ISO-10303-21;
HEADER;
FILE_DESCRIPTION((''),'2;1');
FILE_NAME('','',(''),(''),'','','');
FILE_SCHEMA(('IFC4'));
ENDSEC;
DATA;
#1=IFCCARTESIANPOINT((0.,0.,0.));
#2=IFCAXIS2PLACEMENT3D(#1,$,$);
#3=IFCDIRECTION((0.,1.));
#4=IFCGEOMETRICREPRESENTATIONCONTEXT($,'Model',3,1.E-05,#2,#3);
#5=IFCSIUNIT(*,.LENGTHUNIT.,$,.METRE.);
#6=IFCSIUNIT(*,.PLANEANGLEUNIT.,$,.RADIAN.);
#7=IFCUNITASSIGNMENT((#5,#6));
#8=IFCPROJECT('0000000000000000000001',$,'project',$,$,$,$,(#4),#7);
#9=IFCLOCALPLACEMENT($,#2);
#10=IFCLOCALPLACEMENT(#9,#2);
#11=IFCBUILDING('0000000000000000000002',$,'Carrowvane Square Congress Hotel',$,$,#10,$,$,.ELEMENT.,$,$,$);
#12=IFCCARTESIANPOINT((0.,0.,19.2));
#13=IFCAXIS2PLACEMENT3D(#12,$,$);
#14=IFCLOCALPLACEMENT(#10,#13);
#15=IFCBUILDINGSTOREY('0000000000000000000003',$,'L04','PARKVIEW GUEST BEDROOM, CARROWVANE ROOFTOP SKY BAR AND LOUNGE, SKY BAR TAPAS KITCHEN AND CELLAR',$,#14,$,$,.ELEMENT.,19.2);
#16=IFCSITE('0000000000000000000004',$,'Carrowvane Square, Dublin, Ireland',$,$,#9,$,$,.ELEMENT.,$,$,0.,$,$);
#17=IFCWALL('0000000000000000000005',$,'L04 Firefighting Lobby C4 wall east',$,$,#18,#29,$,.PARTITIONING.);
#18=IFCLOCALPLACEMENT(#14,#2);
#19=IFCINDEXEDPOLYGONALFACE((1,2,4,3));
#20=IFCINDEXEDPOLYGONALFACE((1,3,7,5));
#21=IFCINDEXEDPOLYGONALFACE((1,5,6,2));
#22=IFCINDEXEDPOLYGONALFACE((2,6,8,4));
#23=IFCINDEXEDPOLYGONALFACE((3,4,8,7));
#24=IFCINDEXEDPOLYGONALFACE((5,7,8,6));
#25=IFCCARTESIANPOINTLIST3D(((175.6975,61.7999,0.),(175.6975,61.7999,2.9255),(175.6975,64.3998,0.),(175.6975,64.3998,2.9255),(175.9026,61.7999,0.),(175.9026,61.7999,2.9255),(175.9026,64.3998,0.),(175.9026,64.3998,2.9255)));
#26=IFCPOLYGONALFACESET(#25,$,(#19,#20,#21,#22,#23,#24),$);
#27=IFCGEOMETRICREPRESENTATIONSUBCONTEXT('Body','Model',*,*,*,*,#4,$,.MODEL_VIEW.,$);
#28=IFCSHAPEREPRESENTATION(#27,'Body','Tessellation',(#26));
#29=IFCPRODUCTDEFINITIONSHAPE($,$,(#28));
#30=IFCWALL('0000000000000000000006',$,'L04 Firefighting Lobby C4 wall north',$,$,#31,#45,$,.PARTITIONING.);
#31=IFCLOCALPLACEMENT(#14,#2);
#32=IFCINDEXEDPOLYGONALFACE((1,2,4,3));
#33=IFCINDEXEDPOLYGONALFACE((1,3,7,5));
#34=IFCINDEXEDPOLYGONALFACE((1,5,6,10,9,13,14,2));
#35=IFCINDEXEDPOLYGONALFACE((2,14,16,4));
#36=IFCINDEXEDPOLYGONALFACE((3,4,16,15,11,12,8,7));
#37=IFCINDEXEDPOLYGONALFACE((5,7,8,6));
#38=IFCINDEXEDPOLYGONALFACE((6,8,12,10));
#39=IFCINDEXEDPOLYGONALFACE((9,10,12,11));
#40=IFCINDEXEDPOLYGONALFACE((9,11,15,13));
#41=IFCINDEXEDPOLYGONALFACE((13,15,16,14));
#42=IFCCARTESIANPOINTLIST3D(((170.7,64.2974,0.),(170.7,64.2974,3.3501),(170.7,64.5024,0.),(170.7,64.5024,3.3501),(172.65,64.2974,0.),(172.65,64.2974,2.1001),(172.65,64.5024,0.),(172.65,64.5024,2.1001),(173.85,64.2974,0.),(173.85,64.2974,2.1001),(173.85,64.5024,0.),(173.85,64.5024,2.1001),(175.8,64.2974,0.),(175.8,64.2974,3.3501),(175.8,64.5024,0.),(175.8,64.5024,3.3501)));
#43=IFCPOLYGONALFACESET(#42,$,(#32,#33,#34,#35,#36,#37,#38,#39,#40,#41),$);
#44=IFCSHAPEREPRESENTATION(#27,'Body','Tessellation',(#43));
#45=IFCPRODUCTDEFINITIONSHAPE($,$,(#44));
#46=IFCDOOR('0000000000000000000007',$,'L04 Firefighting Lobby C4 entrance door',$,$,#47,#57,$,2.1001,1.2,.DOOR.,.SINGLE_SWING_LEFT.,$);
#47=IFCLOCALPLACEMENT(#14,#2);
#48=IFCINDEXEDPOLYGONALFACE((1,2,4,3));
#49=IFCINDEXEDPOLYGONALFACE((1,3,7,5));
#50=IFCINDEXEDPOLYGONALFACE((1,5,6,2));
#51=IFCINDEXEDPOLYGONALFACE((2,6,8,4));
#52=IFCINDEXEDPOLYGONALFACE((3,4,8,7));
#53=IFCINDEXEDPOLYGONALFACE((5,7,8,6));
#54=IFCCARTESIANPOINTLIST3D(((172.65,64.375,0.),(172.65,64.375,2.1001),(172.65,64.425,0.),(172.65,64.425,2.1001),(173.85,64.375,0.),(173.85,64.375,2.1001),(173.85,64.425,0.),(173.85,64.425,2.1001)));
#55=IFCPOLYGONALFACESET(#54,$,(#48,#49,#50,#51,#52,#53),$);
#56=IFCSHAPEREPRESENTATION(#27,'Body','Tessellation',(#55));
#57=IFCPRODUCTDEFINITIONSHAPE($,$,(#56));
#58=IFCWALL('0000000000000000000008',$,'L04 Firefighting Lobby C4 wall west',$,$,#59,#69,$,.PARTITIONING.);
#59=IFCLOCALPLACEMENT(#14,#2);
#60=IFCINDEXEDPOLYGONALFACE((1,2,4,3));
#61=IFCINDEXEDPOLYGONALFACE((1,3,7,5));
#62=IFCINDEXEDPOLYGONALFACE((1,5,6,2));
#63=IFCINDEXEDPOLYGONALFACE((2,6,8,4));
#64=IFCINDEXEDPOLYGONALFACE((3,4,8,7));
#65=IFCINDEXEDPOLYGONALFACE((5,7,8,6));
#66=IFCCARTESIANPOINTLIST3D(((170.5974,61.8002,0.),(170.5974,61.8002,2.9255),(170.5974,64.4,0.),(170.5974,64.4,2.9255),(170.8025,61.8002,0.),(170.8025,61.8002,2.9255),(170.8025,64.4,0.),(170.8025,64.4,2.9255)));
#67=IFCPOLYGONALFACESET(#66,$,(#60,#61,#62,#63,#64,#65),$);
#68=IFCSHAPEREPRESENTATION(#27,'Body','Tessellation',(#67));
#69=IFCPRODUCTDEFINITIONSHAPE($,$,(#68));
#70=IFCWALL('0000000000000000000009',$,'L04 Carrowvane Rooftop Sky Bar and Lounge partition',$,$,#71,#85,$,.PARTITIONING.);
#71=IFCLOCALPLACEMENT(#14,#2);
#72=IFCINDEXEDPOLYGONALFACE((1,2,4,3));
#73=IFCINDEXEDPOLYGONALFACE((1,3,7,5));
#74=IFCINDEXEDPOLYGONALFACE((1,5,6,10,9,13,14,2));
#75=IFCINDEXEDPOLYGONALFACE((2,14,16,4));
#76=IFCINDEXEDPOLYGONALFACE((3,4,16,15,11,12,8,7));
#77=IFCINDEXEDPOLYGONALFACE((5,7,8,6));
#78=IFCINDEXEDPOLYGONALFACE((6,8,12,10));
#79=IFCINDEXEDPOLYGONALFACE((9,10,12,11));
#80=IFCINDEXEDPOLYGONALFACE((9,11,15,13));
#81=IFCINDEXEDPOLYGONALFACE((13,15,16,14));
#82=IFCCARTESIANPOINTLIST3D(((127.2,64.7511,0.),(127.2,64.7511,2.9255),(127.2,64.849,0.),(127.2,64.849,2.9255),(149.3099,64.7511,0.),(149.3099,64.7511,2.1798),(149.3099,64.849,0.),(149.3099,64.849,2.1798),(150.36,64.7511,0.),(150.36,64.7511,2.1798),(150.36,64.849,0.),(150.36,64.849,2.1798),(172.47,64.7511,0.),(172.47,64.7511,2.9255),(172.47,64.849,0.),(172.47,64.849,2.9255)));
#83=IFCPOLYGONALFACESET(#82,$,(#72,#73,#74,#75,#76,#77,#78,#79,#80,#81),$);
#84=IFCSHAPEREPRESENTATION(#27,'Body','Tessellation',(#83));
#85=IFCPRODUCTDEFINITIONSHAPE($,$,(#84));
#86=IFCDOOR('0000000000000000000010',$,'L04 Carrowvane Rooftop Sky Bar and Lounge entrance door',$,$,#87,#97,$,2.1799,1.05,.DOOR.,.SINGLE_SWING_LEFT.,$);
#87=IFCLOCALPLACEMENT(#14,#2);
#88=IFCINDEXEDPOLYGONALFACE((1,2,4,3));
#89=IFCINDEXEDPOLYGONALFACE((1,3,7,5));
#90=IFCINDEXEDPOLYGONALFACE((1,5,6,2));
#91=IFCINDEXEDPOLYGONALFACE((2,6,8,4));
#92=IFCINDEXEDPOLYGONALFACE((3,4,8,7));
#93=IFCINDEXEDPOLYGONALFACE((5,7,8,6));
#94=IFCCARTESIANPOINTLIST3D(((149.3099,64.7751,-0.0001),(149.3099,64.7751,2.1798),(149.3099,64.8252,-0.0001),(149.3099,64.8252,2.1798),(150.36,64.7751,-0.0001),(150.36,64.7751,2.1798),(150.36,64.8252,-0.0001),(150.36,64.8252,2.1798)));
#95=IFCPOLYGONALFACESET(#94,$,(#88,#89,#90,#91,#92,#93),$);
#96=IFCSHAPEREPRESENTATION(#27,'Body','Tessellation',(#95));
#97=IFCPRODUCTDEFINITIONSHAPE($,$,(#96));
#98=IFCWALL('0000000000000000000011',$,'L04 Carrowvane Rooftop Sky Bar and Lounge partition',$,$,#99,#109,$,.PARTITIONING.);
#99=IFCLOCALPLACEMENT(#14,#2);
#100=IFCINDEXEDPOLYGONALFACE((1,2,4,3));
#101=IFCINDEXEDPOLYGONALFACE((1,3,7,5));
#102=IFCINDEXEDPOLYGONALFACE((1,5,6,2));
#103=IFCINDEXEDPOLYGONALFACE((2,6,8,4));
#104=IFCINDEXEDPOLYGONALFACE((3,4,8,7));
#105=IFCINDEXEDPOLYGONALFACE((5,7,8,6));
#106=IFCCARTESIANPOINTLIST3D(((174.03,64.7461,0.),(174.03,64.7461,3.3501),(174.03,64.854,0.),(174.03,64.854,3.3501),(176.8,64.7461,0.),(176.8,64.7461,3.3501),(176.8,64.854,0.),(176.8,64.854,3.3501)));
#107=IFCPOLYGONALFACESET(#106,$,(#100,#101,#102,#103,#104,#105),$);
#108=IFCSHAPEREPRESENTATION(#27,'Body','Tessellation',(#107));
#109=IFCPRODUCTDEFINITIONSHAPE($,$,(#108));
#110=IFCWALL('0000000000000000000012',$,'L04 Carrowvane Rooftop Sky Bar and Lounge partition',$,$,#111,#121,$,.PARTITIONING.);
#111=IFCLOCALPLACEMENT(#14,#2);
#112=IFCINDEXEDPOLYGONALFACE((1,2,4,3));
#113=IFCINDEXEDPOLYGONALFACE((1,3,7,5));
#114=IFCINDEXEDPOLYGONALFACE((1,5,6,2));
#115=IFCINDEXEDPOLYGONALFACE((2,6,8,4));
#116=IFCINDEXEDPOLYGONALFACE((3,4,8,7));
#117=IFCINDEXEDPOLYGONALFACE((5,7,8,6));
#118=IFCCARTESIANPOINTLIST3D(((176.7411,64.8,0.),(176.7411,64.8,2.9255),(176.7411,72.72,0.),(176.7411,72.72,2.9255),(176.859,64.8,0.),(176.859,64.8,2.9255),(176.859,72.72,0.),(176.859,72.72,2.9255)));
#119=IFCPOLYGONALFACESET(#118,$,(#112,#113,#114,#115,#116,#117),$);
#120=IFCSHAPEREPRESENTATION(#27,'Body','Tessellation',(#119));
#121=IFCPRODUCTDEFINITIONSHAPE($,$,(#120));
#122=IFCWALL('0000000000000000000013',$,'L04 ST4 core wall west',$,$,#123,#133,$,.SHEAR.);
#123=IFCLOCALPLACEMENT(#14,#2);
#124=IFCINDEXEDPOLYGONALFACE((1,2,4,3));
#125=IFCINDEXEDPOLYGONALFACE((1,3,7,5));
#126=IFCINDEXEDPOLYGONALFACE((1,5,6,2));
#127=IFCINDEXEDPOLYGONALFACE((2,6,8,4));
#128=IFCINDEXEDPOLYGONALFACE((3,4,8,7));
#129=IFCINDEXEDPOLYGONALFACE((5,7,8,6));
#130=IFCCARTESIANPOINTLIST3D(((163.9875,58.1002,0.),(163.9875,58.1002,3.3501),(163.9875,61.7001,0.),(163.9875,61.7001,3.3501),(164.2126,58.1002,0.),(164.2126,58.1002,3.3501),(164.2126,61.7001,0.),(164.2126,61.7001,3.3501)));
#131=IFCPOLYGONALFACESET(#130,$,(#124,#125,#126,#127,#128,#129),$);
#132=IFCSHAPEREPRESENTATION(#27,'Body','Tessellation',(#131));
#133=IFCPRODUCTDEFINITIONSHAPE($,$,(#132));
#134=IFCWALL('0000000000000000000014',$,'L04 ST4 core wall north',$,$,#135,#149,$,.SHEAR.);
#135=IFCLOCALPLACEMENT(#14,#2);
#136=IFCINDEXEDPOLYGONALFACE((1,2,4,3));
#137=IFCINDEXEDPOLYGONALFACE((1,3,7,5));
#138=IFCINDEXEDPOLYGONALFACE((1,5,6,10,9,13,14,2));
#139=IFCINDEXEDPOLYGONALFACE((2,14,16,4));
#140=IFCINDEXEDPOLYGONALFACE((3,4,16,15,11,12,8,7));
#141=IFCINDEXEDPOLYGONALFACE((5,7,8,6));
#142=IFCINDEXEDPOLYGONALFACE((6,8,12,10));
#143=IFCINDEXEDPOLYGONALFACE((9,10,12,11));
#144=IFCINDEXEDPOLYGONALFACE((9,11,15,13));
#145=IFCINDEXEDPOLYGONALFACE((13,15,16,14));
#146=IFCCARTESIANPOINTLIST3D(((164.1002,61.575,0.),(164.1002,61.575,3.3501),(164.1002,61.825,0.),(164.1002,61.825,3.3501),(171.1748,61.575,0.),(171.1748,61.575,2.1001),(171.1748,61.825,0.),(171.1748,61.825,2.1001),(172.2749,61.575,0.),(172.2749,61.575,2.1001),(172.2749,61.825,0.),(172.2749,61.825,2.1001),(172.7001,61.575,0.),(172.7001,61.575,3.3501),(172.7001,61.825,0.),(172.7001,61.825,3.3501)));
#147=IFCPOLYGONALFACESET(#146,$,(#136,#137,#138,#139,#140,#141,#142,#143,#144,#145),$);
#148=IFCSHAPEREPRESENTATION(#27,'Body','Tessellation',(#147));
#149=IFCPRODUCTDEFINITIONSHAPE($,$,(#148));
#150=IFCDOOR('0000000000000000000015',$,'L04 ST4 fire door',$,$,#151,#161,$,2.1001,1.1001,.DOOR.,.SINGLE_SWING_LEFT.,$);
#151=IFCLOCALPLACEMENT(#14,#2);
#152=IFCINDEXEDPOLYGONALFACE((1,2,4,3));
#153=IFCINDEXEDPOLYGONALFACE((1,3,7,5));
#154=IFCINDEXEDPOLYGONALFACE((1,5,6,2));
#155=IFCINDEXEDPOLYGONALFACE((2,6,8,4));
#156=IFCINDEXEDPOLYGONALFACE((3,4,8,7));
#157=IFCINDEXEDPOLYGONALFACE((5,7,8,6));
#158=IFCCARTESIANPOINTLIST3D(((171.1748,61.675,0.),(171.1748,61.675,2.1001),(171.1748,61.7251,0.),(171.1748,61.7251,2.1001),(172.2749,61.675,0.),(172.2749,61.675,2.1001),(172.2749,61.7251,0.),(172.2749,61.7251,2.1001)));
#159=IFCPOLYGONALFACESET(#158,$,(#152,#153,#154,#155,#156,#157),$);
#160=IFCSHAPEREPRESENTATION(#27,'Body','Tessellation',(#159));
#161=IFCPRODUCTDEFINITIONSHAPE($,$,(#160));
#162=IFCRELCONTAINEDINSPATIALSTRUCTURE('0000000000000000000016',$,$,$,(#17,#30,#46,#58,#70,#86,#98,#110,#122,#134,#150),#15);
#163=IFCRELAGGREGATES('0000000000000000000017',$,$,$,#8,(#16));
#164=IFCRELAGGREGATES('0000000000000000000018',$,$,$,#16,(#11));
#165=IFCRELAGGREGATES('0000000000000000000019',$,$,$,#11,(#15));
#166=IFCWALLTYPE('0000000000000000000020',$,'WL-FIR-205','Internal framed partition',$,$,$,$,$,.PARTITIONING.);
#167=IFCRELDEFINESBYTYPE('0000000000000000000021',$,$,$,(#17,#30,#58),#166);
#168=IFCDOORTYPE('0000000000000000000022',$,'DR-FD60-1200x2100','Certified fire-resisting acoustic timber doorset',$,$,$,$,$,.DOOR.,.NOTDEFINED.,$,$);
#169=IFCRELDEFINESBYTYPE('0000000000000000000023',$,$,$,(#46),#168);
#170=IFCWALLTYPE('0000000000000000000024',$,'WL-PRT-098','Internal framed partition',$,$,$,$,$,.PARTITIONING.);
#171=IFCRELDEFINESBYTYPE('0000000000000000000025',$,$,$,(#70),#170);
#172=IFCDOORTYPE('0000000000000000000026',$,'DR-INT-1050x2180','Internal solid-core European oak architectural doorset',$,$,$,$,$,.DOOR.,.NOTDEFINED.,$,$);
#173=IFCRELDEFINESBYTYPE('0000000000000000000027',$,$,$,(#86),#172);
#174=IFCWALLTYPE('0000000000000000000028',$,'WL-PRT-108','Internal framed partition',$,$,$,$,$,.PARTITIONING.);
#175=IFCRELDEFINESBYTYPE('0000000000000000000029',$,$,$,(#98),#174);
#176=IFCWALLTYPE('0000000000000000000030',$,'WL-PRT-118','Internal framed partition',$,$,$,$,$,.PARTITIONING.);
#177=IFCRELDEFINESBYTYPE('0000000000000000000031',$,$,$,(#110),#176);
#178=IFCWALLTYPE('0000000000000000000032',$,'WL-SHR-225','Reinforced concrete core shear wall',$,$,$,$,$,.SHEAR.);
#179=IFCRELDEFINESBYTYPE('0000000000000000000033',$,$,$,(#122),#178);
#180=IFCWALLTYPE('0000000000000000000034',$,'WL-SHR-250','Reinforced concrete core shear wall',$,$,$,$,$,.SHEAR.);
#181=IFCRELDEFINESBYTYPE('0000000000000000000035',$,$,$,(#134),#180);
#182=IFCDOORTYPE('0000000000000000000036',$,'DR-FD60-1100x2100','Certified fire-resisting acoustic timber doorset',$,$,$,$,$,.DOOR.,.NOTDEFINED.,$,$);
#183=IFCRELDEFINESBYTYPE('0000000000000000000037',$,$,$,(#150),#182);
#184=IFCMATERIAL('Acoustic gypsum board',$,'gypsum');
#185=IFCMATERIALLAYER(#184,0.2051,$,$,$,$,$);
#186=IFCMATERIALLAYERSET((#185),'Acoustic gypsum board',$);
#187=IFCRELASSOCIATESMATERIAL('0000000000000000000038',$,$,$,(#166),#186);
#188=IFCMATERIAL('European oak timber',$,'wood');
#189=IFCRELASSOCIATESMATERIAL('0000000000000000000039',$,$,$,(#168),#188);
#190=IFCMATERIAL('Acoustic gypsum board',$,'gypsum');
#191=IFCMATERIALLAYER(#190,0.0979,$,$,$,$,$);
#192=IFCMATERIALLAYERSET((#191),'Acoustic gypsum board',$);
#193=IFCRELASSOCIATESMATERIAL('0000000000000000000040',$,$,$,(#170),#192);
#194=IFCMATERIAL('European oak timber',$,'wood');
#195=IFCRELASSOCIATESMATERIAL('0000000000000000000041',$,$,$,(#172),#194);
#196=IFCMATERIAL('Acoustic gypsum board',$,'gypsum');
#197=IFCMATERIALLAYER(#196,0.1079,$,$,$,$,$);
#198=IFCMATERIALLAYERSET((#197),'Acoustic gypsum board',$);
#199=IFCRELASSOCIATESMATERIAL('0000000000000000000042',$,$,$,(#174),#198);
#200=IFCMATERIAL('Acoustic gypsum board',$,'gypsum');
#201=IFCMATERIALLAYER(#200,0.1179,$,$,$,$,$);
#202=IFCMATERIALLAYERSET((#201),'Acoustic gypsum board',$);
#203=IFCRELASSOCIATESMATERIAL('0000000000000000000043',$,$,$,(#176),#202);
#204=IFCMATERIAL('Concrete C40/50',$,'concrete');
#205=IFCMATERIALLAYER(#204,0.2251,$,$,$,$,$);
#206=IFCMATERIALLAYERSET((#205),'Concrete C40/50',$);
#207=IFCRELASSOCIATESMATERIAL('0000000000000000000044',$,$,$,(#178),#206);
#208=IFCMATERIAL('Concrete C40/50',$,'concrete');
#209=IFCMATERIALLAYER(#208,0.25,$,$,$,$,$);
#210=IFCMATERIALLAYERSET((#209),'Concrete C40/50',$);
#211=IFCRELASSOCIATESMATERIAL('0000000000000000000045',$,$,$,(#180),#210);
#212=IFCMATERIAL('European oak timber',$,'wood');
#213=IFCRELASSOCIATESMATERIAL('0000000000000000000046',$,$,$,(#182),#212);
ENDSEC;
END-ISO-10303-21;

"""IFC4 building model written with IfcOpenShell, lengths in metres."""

from ifc_helpers import new_model, si_unit, direction, frame, frame_2d, origin, place, context, subcontext, project, spatial, rectangle, extrude, material, layer, layer_set, type_object, element, fill, save


model = new_model("IFC4")

# Units and contexts
model_context = context("Model", 3, precision=1e-05, world=origin(), true_north=direction((0.0, 1.0)))
body_context = subcontext(model_context, "Body", "Model", "MODEL_VIEW")
ifc_project = project(units=[si_unit("LENGTHUNIT", "METRE"), si_unit("PLANEANGLEUNIT", "RADIAN")], contexts=[model_context])

# Site, building, storey
site_placement = place(None, origin())
site = spatial("IfcSite", under=ifc_project, at=site_placement, Name="Carrowvane Square, Dublin, Ireland", CompositionType="ELEMENT", RefElevation=0.0)
building_placement = place(site_placement, origin())
building = spatial("IfcBuilding", under=site, at=building_placement, Name="Carrowvane Square Congress Hotel", CompositionType="ELEMENT")
storey_placement = place(building_placement, frame((0.0, 0.0, 19.2)))
storey = spatial("IfcBuildingStorey", under=building, at=storey_placement, Name="L04", Description="PARKVIEW GUEST BEDROOM, CARROWVANE ROOFTOP SKY BAR AND LOUNGE, SKY BAR TAPAS KITCHEN AND CELLAR", CompositionType="ELEMENT", Elevation=19.2)

# Wall
ifc_material_1 = material(Name="Acoustic gypsum board", Category="gypsum")
ifc_layer_1 = layer(ifc_material_1, 0.2051)
ifc_layer_set_1 = layer_set([ifc_layer_1], Name="Acoustic gypsum board")
wall_type_1 = type_object("IfcWallType", Name="WL-FIR-205", Description="Internal framed partition", PredefinedType="PARTITIONING", material=ifc_layer_set_1)
wall_1_placement = place(storey_placement, frame((175.8, 61.8, 0.0), z_axis=(0.0, 0.0, 1.0), x_axis=(0.0, 1.0, 0.0)))
element("IfcWall", 1, at=wall_1_placement, inside=storey, type_object=wall_type_1, Name="L04 Firefighting Lobby C4 wall east", PredefinedType="PARTITIONING", context=body_context, shape_type="SweptSolid", body=[
    extrude(rectangle(XDim=2.5999, YDim=0.2051, at=frame_2d((1.2998, 0.0))), origin(), (0.0, 0.0, 1.0), 2.9255),
])

# Wall, opening, door
wall_2_placement = place(storey_placement, frame((175.8, 64.3999, 0.0), z_axis=(0.0, 0.0, 1.0), x_axis=(-1.0, 0.0, 0.0)))
wall_2 = element("IfcWall", 2, at=wall_2_placement, inside=storey, type_object=wall_type_1, Name="L04 Firefighting Lobby C4 wall north", PredefinedType="PARTITIONING", context=body_context, shape_type="SweptSolid", body=[
    extrude(rectangle(XDim=5.1001, YDim=0.2051, at=frame_2d((2.55, 0.0))), origin(), (0.0, 0.0, 1.0), 3.3501),
])
opening_1_placement = place(wall_2_placement, frame((1.95, 0.0, 0.0)))
opening_1 = element("IfcOpeningElement", 3, at=opening_1_placement, cuts=wall_2, PredefinedType="OPENING", context=body_context, shape_type="SweptSolid", body=[
    extrude(rectangle(XDim=1.2, YDim=2.1001, at=frame_2d((0.6001, 1.05))), frame((0.0, 0.1125, 0.0), z_axis=(0.0, -1.0, 0.0), x_axis=(1.0, 0.0, 0.0)), (0.0, 0.0, 1.0), 0.2251),
])
ifc_material_2 = material(Name="European oak timber", Category="wood")
door_type_1 = type_object("IfcDoorType", Name="DR-FD60-1200x2100", Description="Certified fire-resisting acoustic timber doorset", OperationType="NOTDEFINED", PredefinedType="DOOR", material=ifc_material_2)
door_1_placement = place(opening_1_placement, origin())
door_1 = element("IfcDoor", 4, at=door_1_placement, inside=storey, type_object=door_type_1, Name="L04 Firefighting Lobby C4 entrance door", OperationType="SINGLE_SWING_LEFT", OverallHeight=2.1001, OverallWidth=1.2, PredefinedType="DOOR", context=body_context, shape_type="SweptSolid", body=[
    extrude(rectangle(XDim=1.2, YDim=2.1001, at=frame_2d((0.6001, 1.05))), frame((0.0, 0.0249, 0.0), z_axis=(0.0, -1.0, 0.0), x_axis=(1.0, 0.0, 0.0)), (0.0, 0.0, 1.0), 0.05),
])
fill(opening_1, door_1)

# Wall
wall_3_placement = place(storey_placement, frame((170.7, 64.3999, 0.0), z_axis=(0.0, 0.0, 1.0), x_axis=(0.0, -1.0, 0.0)))
element("IfcWall", 5, at=wall_3_placement, inside=storey, type_object=wall_type_1, Name="L04 Firefighting Lobby C4 wall west", PredefinedType="PARTITIONING", context=body_context, shape_type="SweptSolid", body=[
    extrude(rectangle(XDim=2.5999, YDim=0.2051, at=frame_2d((1.2998, 0.0))), origin(), (0.0, 0.0, 1.0), 2.9255),
])

# Wall, opening, door
ifc_material_3 = material(Name="Acoustic gypsum board", Category="gypsum")
ifc_layer_2 = layer(ifc_material_3, 0.0979)
ifc_layer_set_2 = layer_set([ifc_layer_2], Name="Acoustic gypsum board")
wall_type_2 = type_object("IfcWallType", Name="WL-PRT-098", Description="Internal framed partition", PredefinedType="PARTITIONING", material=ifc_layer_set_2)
wall_4_placement = place(storey_placement, frame((172.47, 64.8, 0.0), z_axis=(0.0, 0.0, 1.0), x_axis=(-1.0, 0.0, 0.0)))
wall_4 = element("IfcWall", 6, at=wall_4_placement, inside=storey, type_object=wall_type_2, Name="L04 Carrowvane Rooftop Sky Bar and Lounge partition", PredefinedType="PARTITIONING", context=body_context, shape_type="SweptSolid", body=[
    extrude(rectangle(XDim=45.27, YDim=0.0979, at=frame_2d((22.635, 0.0))), origin(), (0.0, 0.0, 1.0), 2.9255),
])
opening_2_placement = place(wall_4_placement, frame((22.1101, 0.0, 0.0)))
opening_2 = element("IfcOpeningElement", 7, at=opening_2_placement, cuts=wall_4, PredefinedType="OPENING", context=body_context, shape_type="SweptSolid", body=[
    extrude(rectangle(XDim=1.05, YDim=2.1799, at=frame_2d((0.5249, 1.0898))), frame((0.0, 0.0588, 0.0), z_axis=(0.0, -1.0, 0.0), x_axis=(1.0, 0.0, 0.0)), (0.0, 0.0, 1.0), 0.1179),
])
ifc_material_4 = material(Name="European oak timber", Category="wood")
door_type_2 = type_object("IfcDoorType", Name="DR-INT-1050x2180", Description="Internal solid-core European oak architectural doorset", OperationType="NOTDEFINED", PredefinedType="DOOR", material=ifc_material_4)
door_2_placement = place(opening_2_placement, origin())
door_2 = element("IfcDoor", 8, at=door_2_placement, inside=storey, type_object=door_type_2, Name="L04 Carrowvane Rooftop Sky Bar and Lounge entrance door", OperationType="SINGLE_SWING_LEFT", OverallHeight=2.1799, OverallWidth=1.05, PredefinedType="DOOR", context=body_context, shape_type="SweptSolid", body=[
    extrude(rectangle(XDim=1.05, YDim=2.1799, at=frame_2d((0.5249, 1.0898))), frame((0.0, 0.0249, 0.0), z_axis=(0.0, -1.0, 0.0), x_axis=(1.0, 0.0, 0.0)), (0.0, 0.0, 1.0), 0.05),
])
fill(opening_2, door_2)

# Walls
ifc_material_5 = material(Name="Acoustic gypsum board", Category="gypsum")
ifc_layer_3 = layer(ifc_material_5, 0.1079)
ifc_layer_set_3 = layer_set([ifc_layer_3], Name="Acoustic gypsum board")
wall_type_3 = type_object("IfcWallType", Name="WL-PRT-108", Description="Internal framed partition", PredefinedType="PARTITIONING", material=ifc_layer_set_3)
wall_5_placement = place(storey_placement, frame((176.8, 64.8, 0.0), z_axis=(0.0, 0.0, 1.0), x_axis=(-1.0, 0.0, 0.0)))
element("IfcWall", 9, at=wall_5_placement, inside=storey, type_object=wall_type_3, Name="L04 Carrowvane Rooftop Sky Bar and Lounge partition", PredefinedType="PARTITIONING", context=body_context, shape_type="SweptSolid", body=[
    extrude(rectangle(XDim=2.77, YDim=0.1079, at=frame_2d((1.385, 0.0))), origin(), (0.0, 0.0, 1.0), 3.3501),
])
ifc_material_6 = material(Name="Acoustic gypsum board", Category="gypsum")
ifc_layer_4 = layer(ifc_material_6, 0.1179)
ifc_layer_set_4 = layer_set([ifc_layer_4], Name="Acoustic gypsum board")
wall_type_4 = type_object("IfcWallType", Name="WL-PRT-118", Description="Internal framed partition", PredefinedType="PARTITIONING", material=ifc_layer_set_4)
wall_6_placement = place(storey_placement, frame((176.8, 72.72, 0.0), z_axis=(0.0, 0.0, 1.0), x_axis=(0.0, -1.0, 0.0)))
element("IfcWall", 10, at=wall_6_placement, inside=storey, type_object=wall_type_4, Name="L04 Carrowvane Rooftop Sky Bar and Lounge partition", PredefinedType="PARTITIONING", context=body_context, shape_type="SweptSolid", body=[
    extrude(rectangle(XDim=7.9199, YDim=0.1179, at=frame_2d((3.96, 0.0))), origin(), (0.0, 0.0, 1.0), 2.9255),
])
ifc_material_7 = material(Name="Concrete C40/50", Category="concrete")
ifc_layer_5 = layer(ifc_material_7, 0.2251)
ifc_layer_set_5 = layer_set([ifc_layer_5], Name="Concrete C40/50")
wall_type_5 = type_object("IfcWallType", Name="WL-SHR-225", Description="Reinforced concrete core shear wall", PredefinedType="SHEAR", material=ifc_layer_set_5)
wall_7_placement = place(storey_placement, frame((164.1001, 61.7, 0.0), z_axis=(0.0, 0.0, 1.0), x_axis=(0.0, -1.0, 0.0)))
element("IfcWall", 11, at=wall_7_placement, inside=storey, type_object=wall_type_5, Name="L04 ST4 core wall west", PredefinedType="SHEAR", context=body_context, shape_type="SweptSolid", body=[
    extrude(rectangle(XDim=3.5999, YDim=0.2251, at=frame_2d((1.7998, 0.0))), origin(), (0.0, 0.0, 1.0), 3.3501),
])

# Wall, opening, door
ifc_material_8 = material(Name="Concrete C40/50", Category="concrete")
ifc_layer_6 = layer(ifc_material_8, 0.25)
ifc_layer_set_6 = layer_set([ifc_layer_6], Name="Concrete C40/50")
wall_type_6 = type_object("IfcWallType", Name="WL-SHR-250", Description="Reinforced concrete core shear wall", PredefinedType="SHEAR", material=ifc_layer_set_6)
wall_8_placement = place(storey_placement, frame((172.7, 61.7, 0.0), z_axis=(0.0, 0.0, 1.0), x_axis=(-1.0, 0.0, 0.0)))
wall_8 = element("IfcWall", 12, at=wall_8_placement, inside=storey, type_object=wall_type_6, Name="L04 ST4 core wall north", PredefinedType="SHEAR", context=body_context, shape_type="SweptSolid", body=[
    extrude(rectangle(XDim=8.5999, YDim=0.25, at=frame_2d((4.2998, 0.0))), origin(), (0.0, 0.0, 1.0), 3.3501),
])
opening_3_placement = place(wall_8_placement, frame((0.425, 0.0, 0.0)))
opening_3 = element("IfcOpeningElement", 13, at=opening_3_placement, cuts=wall_8, PredefinedType="OPENING", context=body_context, shape_type="SweptSolid", body=[
    extrude(rectangle(XDim=1.1001, YDim=2.1001, at=frame_2d((0.55, 1.05))), frame((0.0, 0.135, 0.0), z_axis=(0.0, -1.0, 0.0), x_axis=(1.0, 0.0, 0.0)), (0.0, 0.0, 1.0), 0.27),
])
ifc_material_9 = material(Name="European oak timber", Category="wood")
door_type_3 = type_object("IfcDoorType", Name="DR-FD60-1100x2100", Description="Certified fire-resisting acoustic timber doorset", OperationType="NOTDEFINED", PredefinedType="DOOR", material=ifc_material_9)
door_3_placement = place(opening_3_placement, origin())
door_3 = element("IfcDoor", 14, at=door_3_placement, inside=storey, type_object=door_type_3, Name="L04 ST4 fire door", OperationType="SINGLE_SWING_LEFT", OverallHeight=2.1001, OverallWidth=1.1001, PredefinedType="DOOR", context=body_context, shape_type="SweptSolid", body=[
    extrude(rectangle(XDim=1.1001, YDim=2.1001, at=frame_2d((0.55, 1.05))), frame((0.0, 0.0249, 0.0), z_axis=(0.0, -1.0, 0.0), x_axis=(1.0, 0.0, 0.0)), (0.0, 0.0, 1.0), 0.05),
])
fill(opening_3, door_3)

save(model, "model.ifc")
